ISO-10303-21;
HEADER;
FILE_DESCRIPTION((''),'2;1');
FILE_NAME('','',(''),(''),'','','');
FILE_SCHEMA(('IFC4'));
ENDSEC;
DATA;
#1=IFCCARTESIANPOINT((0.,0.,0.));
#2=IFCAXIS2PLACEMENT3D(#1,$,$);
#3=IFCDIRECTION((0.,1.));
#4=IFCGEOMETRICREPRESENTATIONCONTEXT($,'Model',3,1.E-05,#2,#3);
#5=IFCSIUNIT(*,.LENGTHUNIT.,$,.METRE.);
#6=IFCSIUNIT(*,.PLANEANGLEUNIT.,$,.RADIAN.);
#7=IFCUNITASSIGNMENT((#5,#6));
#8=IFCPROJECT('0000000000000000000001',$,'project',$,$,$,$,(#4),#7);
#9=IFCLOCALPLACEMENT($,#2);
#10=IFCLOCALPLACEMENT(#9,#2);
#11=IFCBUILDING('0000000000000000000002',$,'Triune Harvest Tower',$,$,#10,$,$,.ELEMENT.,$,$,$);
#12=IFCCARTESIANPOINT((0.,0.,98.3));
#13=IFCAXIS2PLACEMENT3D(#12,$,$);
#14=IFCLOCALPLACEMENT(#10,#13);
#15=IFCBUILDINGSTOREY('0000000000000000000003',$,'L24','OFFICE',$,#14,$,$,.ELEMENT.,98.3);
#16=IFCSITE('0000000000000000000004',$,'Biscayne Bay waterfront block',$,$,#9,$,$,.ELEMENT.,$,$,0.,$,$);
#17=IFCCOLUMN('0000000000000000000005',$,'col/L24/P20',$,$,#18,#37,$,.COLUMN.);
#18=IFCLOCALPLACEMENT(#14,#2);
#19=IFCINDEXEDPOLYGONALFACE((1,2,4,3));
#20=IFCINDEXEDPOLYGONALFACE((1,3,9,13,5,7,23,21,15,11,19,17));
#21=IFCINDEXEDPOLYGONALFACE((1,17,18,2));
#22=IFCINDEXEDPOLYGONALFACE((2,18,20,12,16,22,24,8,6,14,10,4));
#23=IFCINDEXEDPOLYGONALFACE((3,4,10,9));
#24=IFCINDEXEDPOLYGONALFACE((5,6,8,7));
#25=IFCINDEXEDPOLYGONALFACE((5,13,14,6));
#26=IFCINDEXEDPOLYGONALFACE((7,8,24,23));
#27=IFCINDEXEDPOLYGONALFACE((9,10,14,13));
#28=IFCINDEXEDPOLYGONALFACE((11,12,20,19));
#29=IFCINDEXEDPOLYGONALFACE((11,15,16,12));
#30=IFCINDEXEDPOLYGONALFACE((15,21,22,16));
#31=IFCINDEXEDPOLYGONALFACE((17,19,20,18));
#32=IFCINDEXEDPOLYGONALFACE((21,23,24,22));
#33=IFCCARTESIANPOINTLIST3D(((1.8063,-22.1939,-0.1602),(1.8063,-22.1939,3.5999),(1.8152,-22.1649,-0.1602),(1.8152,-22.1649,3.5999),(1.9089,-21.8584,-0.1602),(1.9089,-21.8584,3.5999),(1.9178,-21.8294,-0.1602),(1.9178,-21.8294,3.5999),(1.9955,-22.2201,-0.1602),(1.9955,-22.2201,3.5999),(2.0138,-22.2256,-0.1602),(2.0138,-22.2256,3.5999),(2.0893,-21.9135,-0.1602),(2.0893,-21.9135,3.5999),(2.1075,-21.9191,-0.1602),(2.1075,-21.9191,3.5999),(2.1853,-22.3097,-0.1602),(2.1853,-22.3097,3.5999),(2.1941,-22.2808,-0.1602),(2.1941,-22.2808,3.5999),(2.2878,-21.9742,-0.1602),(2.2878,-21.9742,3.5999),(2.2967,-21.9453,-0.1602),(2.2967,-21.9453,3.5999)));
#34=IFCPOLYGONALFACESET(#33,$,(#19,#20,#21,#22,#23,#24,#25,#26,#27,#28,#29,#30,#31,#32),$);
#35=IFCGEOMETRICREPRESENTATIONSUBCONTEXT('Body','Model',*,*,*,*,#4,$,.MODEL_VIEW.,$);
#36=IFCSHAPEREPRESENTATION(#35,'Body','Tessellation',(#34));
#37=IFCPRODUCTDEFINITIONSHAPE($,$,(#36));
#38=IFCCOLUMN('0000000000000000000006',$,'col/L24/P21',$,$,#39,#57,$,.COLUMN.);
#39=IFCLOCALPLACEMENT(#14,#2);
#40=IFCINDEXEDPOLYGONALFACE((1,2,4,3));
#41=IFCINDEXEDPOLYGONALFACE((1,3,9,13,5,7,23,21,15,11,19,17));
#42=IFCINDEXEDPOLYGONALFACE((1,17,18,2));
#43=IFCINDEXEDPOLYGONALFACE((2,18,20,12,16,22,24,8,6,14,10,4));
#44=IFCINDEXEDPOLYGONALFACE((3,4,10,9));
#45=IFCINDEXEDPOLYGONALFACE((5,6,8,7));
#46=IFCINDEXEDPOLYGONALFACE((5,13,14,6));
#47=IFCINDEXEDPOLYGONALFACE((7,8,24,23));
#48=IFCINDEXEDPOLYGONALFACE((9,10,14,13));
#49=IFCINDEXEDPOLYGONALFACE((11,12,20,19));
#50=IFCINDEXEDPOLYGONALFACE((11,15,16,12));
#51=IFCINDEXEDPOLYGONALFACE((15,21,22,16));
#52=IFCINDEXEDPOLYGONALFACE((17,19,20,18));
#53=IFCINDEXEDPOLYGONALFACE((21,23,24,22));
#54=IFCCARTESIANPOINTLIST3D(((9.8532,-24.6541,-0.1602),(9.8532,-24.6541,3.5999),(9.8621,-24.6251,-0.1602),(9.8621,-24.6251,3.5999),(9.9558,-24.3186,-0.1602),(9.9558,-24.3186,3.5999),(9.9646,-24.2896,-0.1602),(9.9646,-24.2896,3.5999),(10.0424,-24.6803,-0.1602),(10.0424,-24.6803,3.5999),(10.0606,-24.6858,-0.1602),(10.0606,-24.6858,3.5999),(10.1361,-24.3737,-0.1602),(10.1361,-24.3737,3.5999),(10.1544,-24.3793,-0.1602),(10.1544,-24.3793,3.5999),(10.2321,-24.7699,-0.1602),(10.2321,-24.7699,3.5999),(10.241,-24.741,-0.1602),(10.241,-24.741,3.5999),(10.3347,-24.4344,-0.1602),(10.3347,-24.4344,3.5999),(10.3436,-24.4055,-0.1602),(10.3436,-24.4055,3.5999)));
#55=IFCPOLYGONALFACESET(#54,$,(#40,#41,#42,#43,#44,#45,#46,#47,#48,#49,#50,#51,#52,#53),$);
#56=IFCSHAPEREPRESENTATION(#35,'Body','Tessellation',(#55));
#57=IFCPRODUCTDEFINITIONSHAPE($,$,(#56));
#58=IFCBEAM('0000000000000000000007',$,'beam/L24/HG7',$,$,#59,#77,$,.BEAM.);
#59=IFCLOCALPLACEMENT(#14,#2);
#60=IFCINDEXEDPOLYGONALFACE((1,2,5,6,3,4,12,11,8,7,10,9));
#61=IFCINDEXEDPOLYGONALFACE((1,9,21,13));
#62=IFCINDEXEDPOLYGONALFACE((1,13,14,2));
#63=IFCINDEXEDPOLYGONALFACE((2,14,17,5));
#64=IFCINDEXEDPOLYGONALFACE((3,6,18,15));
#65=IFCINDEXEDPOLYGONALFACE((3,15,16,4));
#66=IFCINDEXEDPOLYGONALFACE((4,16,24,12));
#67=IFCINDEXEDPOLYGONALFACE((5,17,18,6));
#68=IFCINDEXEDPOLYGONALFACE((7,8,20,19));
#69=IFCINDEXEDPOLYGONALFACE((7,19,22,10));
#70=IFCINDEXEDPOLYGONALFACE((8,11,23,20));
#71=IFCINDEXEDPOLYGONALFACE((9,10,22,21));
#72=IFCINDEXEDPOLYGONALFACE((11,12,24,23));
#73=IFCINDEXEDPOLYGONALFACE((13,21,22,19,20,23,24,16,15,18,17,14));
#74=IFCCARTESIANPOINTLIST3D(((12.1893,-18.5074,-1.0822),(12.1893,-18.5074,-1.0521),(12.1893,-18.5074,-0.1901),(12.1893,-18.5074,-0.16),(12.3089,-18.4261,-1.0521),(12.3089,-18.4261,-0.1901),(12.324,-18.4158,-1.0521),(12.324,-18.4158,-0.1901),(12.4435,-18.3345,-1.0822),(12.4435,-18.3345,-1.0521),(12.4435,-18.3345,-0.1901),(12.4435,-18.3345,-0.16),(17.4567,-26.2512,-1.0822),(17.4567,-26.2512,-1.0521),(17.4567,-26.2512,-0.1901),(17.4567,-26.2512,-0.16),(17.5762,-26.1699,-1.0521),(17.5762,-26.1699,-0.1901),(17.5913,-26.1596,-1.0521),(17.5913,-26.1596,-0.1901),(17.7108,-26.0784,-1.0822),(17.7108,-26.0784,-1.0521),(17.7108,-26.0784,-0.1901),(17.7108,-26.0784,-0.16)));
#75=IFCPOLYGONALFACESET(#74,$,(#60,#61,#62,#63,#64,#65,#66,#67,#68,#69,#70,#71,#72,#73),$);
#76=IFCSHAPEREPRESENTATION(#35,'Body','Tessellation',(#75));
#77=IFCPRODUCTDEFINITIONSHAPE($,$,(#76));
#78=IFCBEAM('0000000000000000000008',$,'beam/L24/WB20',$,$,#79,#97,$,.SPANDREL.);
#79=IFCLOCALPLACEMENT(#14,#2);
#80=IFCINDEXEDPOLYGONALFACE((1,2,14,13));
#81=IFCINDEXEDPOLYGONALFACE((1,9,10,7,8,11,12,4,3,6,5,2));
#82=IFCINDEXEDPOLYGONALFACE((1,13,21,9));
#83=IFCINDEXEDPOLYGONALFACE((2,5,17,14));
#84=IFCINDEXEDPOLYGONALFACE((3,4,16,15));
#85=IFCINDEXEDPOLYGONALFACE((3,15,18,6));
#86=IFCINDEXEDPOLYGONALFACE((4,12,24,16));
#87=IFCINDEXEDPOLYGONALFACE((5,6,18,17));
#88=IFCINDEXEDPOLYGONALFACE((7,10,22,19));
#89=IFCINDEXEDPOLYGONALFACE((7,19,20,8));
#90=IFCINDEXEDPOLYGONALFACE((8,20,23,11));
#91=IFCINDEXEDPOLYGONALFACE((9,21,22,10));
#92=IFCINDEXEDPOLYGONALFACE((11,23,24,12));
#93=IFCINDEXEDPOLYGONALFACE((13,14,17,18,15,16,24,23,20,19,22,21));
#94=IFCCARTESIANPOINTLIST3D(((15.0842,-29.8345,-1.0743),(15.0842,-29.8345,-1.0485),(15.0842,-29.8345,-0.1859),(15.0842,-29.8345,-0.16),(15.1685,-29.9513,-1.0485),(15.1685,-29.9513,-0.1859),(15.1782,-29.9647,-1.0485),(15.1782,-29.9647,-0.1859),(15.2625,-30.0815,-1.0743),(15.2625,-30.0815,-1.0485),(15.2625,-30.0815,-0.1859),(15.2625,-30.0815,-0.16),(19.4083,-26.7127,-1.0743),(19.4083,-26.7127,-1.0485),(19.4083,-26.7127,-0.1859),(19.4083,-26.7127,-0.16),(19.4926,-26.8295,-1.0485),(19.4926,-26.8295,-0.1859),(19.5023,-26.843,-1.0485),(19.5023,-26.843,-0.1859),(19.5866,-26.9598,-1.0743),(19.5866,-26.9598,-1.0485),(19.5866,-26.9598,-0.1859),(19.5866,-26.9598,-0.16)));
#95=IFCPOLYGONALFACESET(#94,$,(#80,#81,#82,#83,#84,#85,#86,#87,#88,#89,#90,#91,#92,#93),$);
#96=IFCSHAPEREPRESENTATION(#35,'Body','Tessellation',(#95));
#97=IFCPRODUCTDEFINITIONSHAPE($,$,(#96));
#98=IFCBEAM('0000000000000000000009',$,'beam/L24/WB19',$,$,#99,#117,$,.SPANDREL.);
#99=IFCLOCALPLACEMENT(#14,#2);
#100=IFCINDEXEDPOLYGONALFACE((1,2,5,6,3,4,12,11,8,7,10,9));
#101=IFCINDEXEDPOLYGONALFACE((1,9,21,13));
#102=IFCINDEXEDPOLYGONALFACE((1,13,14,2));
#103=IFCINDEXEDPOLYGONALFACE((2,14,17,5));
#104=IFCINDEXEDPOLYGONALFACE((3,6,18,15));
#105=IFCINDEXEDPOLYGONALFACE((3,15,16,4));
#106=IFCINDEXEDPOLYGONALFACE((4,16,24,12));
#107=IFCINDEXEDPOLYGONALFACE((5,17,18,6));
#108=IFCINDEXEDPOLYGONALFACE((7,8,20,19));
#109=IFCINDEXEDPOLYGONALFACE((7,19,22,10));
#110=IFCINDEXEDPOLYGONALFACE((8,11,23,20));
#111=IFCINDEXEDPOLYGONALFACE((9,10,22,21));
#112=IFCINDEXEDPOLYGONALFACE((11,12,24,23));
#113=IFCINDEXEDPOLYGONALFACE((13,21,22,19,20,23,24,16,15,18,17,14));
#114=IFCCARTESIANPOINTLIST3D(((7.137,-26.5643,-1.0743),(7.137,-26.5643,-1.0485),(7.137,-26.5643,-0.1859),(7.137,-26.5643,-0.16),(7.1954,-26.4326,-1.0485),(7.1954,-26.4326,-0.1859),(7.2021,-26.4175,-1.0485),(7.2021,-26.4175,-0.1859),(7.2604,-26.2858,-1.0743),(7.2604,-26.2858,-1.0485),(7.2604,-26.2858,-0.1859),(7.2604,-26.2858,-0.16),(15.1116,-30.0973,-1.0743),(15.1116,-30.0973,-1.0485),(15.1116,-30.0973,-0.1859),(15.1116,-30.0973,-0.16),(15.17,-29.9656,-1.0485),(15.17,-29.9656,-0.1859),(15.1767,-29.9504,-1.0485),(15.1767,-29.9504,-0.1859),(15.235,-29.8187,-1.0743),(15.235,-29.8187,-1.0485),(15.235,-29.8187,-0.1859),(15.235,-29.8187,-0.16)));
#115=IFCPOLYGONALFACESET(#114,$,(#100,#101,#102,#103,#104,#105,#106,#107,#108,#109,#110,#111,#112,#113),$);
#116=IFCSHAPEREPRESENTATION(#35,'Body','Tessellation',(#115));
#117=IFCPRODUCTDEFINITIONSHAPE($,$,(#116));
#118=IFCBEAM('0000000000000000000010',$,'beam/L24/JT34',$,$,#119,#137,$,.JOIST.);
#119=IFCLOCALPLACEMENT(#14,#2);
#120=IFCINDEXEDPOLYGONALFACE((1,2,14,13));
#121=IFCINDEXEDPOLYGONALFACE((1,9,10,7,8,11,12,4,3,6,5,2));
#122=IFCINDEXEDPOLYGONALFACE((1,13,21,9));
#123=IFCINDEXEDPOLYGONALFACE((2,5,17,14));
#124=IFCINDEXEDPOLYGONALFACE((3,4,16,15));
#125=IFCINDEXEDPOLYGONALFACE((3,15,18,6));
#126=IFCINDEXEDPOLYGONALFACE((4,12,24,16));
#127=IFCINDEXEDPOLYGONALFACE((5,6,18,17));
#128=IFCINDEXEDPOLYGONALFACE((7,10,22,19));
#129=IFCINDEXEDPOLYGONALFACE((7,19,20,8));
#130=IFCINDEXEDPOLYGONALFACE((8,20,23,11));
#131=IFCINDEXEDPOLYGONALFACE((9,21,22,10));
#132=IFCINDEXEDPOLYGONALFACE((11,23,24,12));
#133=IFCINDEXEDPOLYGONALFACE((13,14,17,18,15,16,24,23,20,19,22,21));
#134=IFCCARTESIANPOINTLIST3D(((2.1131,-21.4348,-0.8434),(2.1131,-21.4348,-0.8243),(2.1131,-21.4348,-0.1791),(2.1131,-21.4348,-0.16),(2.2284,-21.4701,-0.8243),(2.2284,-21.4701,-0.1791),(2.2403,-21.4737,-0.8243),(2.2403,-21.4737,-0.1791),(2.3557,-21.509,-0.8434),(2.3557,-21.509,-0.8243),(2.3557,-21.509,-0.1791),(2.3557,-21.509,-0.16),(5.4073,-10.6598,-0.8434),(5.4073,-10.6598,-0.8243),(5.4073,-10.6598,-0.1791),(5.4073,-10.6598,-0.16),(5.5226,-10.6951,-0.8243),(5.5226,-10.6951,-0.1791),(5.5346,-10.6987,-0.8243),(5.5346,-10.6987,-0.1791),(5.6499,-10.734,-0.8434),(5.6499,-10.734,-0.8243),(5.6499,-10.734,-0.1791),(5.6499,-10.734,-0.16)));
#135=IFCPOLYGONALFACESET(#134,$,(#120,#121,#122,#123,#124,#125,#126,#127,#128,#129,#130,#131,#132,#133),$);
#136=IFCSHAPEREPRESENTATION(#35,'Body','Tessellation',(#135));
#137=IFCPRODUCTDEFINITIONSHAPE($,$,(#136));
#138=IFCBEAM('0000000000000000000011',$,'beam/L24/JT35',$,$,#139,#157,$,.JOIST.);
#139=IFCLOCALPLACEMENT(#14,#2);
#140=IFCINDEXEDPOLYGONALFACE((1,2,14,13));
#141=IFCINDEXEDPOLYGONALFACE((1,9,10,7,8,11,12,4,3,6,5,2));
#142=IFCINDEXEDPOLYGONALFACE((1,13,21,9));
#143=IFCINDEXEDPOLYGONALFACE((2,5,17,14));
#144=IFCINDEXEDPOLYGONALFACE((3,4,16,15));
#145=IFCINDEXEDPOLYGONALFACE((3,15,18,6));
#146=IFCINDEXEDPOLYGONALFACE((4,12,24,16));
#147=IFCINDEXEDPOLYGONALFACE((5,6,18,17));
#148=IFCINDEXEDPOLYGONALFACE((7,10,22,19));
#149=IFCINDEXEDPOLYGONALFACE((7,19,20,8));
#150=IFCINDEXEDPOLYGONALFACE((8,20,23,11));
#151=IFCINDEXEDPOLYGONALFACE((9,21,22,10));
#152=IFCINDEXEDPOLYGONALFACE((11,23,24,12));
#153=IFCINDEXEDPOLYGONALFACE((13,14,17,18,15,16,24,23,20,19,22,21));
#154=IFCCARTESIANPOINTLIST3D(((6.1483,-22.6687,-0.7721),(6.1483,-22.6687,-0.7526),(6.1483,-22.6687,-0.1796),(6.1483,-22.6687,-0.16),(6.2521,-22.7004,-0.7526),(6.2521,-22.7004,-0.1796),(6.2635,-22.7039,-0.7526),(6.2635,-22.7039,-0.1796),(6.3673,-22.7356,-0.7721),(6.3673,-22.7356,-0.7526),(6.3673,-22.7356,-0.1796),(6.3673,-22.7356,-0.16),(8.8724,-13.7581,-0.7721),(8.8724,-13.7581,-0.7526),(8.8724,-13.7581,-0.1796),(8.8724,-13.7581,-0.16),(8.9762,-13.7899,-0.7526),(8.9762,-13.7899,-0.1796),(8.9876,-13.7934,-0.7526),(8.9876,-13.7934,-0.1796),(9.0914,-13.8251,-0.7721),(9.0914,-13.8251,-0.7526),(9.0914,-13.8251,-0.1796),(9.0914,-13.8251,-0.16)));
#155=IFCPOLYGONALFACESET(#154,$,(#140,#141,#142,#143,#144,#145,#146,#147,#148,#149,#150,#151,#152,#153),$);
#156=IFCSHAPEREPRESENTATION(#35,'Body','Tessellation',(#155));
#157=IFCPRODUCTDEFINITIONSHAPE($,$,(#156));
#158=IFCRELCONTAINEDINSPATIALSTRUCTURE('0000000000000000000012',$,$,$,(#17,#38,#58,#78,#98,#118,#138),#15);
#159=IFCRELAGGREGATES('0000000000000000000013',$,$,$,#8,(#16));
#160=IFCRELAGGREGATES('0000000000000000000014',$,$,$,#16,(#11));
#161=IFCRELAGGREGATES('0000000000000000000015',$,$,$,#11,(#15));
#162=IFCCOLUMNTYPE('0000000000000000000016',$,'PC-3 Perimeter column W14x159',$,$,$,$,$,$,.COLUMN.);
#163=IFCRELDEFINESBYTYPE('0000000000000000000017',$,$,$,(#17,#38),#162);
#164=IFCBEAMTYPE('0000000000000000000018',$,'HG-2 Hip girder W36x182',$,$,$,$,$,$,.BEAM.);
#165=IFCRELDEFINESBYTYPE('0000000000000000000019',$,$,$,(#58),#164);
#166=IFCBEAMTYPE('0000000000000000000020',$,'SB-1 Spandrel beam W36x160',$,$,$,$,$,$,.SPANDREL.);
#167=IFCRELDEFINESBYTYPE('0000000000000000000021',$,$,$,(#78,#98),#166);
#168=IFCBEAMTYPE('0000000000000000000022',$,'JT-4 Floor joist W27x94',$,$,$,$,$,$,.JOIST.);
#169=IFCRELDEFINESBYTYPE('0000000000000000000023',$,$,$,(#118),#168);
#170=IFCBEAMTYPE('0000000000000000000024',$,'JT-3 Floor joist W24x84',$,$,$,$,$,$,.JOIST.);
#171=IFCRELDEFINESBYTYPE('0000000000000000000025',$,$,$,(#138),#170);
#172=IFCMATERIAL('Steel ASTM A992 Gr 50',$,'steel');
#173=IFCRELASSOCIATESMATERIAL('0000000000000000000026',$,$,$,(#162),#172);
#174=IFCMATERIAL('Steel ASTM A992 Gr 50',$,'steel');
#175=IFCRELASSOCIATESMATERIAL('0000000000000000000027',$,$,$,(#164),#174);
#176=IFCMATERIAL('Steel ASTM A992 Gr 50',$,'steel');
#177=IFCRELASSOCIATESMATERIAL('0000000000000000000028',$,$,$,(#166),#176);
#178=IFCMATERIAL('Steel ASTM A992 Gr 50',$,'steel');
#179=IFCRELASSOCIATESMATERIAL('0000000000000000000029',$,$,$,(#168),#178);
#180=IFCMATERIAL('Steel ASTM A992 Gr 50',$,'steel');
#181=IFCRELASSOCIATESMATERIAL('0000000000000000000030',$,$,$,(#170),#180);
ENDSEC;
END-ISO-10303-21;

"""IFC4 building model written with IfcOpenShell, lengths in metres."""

from ifc_helpers import new_model, si_unit, direction, frame, origin, origin_2d, place, context, subcontext, project, spatial, i_section, extrude, source, transform, mapped, material, material_profile, profile_set, type_object, element, save


model = new_model("IFC4")

# Units and contexts
model_context = context("Model", 3, precision=1e-05, world=origin(), true_north=direction((0.0, 1.0)))
body_context = subcontext(model_context, "Body", "Model", "MODEL_VIEW")
ifc_project = project(units=[si_unit("LENGTHUNIT", "METRE"), si_unit("PLANEANGLEUNIT", "RADIAN")], contexts=[model_context])

# Site, building, storey
site_placement = place(None, origin())
site = spatial("IfcSite", under=ifc_project, at=site_placement, Name="Biscayne Bay waterfront block", CompositionType="ELEMENT", RefElevation=0.0)
building_placement = place(site_placement, origin())
building = spatial("IfcBuilding", under=site, at=building_placement, Name="Triune Harvest Tower", CompositionType="ELEMENT")
storey_placement = place(building_placement, frame((0.0, 0.0, 98.3)))
storey = spatial("IfcBuildingStorey", under=building, at=storey_placement, Name="L24", Description="OFFICE", CompositionType="ELEMENT", Elevation=98.3)

# Columns
ifc_material_1 = material(Name="Steel ASTM A992 Gr 50", Category="steel")
ifc_material_profile_1 = material_profile(ifc_material_1, i_section(OverallWidth=0.3962, OverallDepth=0.3811, WebThickness=0.019, FlangeThickness=0.0303, at=origin_2d()), Name="W14x159")
ifc_profile_set_1 = profile_set([ifc_material_profile_1], Name="Steel ASTM A992 Gr 50")
column_type = type_object("IfcColumnType", Name="PC-3 Perimeter column W14x159", PredefinedType="COLUMN", material=ifc_profile_set_1)
shared_shape_1 = source(origin(), body_context, "Body", "SweptSolid", [
    extrude(i_section(OverallWidth=0.3962, OverallDepth=0.3811, WebThickness=0.019, FlangeThickness=0.0303, at=origin_2d()), origin(), (0.0, 0.0, 1.0), 3.76),
])
for number, where, z_axis, x_axis, name in (
    (1, (2.0515, -22.0696, -0.1602), (0.0, 0.0, 1.0), (0.956305, -0.292372, 0.0), "col/L24/P20"),
    (2, (10.0984, -24.5298, -0.1602), (0.0, 0.0, 1.0), (0.956305, -0.292372, 0.0), "col/L24/P21"),
):
    element("IfcColumn", number, at=place(storey_placement, frame(where, z_axis=z_axis, x_axis=x_axis)), inside=storey, type_object=column_type, Name=name, PredefinedType="COLUMN", context=body_context, shape_type="MappedRepresentation", body=[
        mapped(shared_shape_1, transform((0.0, 0.0, 0.0), scale=1.0)),
    ])

# Beams
ifc_material_2 = material(Name="Steel ASTM A992 Gr 50", Category="steel")
ifc_material_profile_2 = material_profile(ifc_material_2, i_section(OverallWidth=0.3074, OverallDepth=0.9221, WebThickness=0.0183, FlangeThickness=0.03, at=origin_2d()), Name="W36x182")
ifc_profile_set_2 = profile_set([ifc_material_profile_2], Name="Steel ASTM A992 Gr 50")
beam_type_1 = type_object("IfcBeamType", Name="HG-2 Hip girder W36x182", PredefinedType="BEAM", material=ifc_profile_set_2)
beam_1_placement = place(storey_placement, frame((17.5837, -26.1648, -0.6211), z_axis=(-0.562418, 0.826853, 0.0), x_axis=(-0.826853, -0.562418, 0.0)))
element("IfcBeam", 3, at=beam_1_placement, inside=storey, type_object=beam_type_1, Name="beam/L24/HG7", PredefinedType="BEAM", context=body_context, shape_type="SweptSolid", body=[
    extrude(i_section(OverallWidth=0.3074, OverallDepth=0.9221, WebThickness=0.0183, FlangeThickness=0.03, at=origin_2d()), origin(), (0.0, 0.0, 1.0), 9.3655),
])
ifc_material_3 = material(Name="Steel ASTM A992 Gr 50", Category="steel")
ifc_material_profile_3 = material_profile(ifc_material_3, i_section(OverallWidth=0.3047, OverallDepth=0.9143, WebThickness=0.0166, FlangeThickness=0.0259, at=origin_2d()), Name="W36x160")
ifc_profile_set_3 = profile_set([ifc_material_profile_3], Name="Steel ASTM A992 Gr 50")
beam_type_2 = type_object("IfcBeamType", Name="SB-1 Spandrel beam W36x160", PredefinedType="SPANDREL", material=ifc_profile_set_3)
shared_shape_2 = source(origin(), body_context, "Body", "SweptSolid", [
    extrude(i_section(OverallWidth=0.3047, OverallDepth=0.9143, WebThickness=0.0166, FlangeThickness=0.0259, at=origin_2d()), origin(), (0.0, 0.0, 1.0), 5.3333),
])
beam_2_placement = place(storey_placement, frame((15.1733, -29.958, -0.6172), z_axis=(0.810788, 0.58534, 0.0), x_axis=(-0.58534, 0.810788, 0.0)))
element("IfcBeam", 4, at=beam_2_placement, inside=storey, type_object=beam_type_2, Name="beam/L24/WB20", PredefinedType="SPANDREL", context=body_context, shape_type="MappedRepresentation", body=[
    mapped(shared_shape_2, transform((0.0, 0.0, 0.0), scale=1.0)),
])
shared_shape_3 = source(origin(), body_context, "Body", "SweptSolid", [
    extrude(i_section(OverallWidth=0.3047, OverallDepth=0.9143, WebThickness=0.0166, FlangeThickness=0.0259, at=origin_2d()), origin(), (0.0, 0.0, 1.0), 8.7222),
])
beam_3_placement = place(storey_placement, frame((7.1987, -26.425, -0.6172), z_axis=(0.914292, -0.405055, 0.0), x_axis=(0.405055, 0.914292, 0.0)))
element("IfcBeam", 5, at=beam_3_placement, inside=storey, type_object=beam_type_2, Name="beam/L24/WB19", PredefinedType="SPANDREL", context=body_context, shape_type="MappedRepresentation", body=[
    mapped(shared_shape_3, transform((0.0, 0.0, 0.0), scale=1.0)),
])
ifc_material_4 = material(Name="Steel ASTM A992 Gr 50", Category="steel")
ifc_material_profile_4 = material_profile(ifc_material_4, i_section(OverallWidth=0.2537, OverallDepth=0.6833, WebThickness=0.0125, FlangeThickness=0.019, at=origin_2d()), Name="W27x94")
ifc_profile_set_4 = profile_set([ifc_material_profile_4], Name="Steel ASTM A992 Gr 50")
beam_type_3 = type_object("IfcBeamType", Name="JT-4 Floor joist W27x94", PredefinedType="JOIST", material=ifc_profile_set_4)
shared_shape_4 = source(origin(), body_context, "Body", "SweptSolid", [
    extrude(i_section(OverallWidth=0.2537, OverallDepth=0.6833, WebThickness=0.0125, FlangeThickness=0.019, at=origin_2d()), origin(), (0.0, 0.0, 1.0), 11.2673),
])
beam_4_placement = place(storey_placement, frame((2.2344, -21.4719, -0.5017), z_axis=(0.292369, 0.956305, 0.0), x_axis=(-0.956305, 0.292369, 0.0)))
element("IfcBeam", 6, at=beam_4_placement, inside=storey, type_object=beam_type_3, Name="beam/L24/JT34", PredefinedType="JOIST", context=body_context, shape_type="MappedRepresentation", body=[
    mapped(shared_shape_4, transform((0.0, 0.0, 0.0), scale=1.0)),
])
ifc_material_5 = material(Name="Steel ASTM A992 Gr 50", Category="steel")
ifc_material_profile_5 = material_profile(ifc_material_5, i_section(OverallWidth=0.229, OverallDepth=0.6121, WebThickness=0.012, FlangeThickness=0.0195, at=origin_2d()), Name="W24x84")
ifc_profile_set_5 = profile_set([ifc_material_profile_5], Name="Steel ASTM A992 Gr 50")
beam_type_4 = type_object("IfcBeamType", Name="JT-3 Floor joist W24x84", PredefinedType="JOIST", material=ifc_profile_set_5)
shared_shape_5 = source(origin(), body_context, "Body", "SweptSolid", [
    extrude(i_section(OverallWidth=0.229, OverallDepth=0.6121, WebThickness=0.012, FlangeThickness=0.0195, at=origin_2d()), origin(), (0.0, 0.0, 1.0), 9.3176),
])
beam_5_placement = place(storey_placement, frame((6.2578, -22.7021, -0.4661), z_axis=(0.292358, 0.956309, 0.0), x_axis=(-0.956309, 0.292358, 0.0)))
element("IfcBeam", 7, at=beam_5_placement, inside=storey, type_object=beam_type_4, Name="beam/L24/JT35", PredefinedType="JOIST", context=body_context, shape_type="MappedRepresentation", body=[
    mapped(shared_shape_5, transform((0.0, 0.0, 0.0), scale=1.0)),
])

save(model, "model.ifc")
